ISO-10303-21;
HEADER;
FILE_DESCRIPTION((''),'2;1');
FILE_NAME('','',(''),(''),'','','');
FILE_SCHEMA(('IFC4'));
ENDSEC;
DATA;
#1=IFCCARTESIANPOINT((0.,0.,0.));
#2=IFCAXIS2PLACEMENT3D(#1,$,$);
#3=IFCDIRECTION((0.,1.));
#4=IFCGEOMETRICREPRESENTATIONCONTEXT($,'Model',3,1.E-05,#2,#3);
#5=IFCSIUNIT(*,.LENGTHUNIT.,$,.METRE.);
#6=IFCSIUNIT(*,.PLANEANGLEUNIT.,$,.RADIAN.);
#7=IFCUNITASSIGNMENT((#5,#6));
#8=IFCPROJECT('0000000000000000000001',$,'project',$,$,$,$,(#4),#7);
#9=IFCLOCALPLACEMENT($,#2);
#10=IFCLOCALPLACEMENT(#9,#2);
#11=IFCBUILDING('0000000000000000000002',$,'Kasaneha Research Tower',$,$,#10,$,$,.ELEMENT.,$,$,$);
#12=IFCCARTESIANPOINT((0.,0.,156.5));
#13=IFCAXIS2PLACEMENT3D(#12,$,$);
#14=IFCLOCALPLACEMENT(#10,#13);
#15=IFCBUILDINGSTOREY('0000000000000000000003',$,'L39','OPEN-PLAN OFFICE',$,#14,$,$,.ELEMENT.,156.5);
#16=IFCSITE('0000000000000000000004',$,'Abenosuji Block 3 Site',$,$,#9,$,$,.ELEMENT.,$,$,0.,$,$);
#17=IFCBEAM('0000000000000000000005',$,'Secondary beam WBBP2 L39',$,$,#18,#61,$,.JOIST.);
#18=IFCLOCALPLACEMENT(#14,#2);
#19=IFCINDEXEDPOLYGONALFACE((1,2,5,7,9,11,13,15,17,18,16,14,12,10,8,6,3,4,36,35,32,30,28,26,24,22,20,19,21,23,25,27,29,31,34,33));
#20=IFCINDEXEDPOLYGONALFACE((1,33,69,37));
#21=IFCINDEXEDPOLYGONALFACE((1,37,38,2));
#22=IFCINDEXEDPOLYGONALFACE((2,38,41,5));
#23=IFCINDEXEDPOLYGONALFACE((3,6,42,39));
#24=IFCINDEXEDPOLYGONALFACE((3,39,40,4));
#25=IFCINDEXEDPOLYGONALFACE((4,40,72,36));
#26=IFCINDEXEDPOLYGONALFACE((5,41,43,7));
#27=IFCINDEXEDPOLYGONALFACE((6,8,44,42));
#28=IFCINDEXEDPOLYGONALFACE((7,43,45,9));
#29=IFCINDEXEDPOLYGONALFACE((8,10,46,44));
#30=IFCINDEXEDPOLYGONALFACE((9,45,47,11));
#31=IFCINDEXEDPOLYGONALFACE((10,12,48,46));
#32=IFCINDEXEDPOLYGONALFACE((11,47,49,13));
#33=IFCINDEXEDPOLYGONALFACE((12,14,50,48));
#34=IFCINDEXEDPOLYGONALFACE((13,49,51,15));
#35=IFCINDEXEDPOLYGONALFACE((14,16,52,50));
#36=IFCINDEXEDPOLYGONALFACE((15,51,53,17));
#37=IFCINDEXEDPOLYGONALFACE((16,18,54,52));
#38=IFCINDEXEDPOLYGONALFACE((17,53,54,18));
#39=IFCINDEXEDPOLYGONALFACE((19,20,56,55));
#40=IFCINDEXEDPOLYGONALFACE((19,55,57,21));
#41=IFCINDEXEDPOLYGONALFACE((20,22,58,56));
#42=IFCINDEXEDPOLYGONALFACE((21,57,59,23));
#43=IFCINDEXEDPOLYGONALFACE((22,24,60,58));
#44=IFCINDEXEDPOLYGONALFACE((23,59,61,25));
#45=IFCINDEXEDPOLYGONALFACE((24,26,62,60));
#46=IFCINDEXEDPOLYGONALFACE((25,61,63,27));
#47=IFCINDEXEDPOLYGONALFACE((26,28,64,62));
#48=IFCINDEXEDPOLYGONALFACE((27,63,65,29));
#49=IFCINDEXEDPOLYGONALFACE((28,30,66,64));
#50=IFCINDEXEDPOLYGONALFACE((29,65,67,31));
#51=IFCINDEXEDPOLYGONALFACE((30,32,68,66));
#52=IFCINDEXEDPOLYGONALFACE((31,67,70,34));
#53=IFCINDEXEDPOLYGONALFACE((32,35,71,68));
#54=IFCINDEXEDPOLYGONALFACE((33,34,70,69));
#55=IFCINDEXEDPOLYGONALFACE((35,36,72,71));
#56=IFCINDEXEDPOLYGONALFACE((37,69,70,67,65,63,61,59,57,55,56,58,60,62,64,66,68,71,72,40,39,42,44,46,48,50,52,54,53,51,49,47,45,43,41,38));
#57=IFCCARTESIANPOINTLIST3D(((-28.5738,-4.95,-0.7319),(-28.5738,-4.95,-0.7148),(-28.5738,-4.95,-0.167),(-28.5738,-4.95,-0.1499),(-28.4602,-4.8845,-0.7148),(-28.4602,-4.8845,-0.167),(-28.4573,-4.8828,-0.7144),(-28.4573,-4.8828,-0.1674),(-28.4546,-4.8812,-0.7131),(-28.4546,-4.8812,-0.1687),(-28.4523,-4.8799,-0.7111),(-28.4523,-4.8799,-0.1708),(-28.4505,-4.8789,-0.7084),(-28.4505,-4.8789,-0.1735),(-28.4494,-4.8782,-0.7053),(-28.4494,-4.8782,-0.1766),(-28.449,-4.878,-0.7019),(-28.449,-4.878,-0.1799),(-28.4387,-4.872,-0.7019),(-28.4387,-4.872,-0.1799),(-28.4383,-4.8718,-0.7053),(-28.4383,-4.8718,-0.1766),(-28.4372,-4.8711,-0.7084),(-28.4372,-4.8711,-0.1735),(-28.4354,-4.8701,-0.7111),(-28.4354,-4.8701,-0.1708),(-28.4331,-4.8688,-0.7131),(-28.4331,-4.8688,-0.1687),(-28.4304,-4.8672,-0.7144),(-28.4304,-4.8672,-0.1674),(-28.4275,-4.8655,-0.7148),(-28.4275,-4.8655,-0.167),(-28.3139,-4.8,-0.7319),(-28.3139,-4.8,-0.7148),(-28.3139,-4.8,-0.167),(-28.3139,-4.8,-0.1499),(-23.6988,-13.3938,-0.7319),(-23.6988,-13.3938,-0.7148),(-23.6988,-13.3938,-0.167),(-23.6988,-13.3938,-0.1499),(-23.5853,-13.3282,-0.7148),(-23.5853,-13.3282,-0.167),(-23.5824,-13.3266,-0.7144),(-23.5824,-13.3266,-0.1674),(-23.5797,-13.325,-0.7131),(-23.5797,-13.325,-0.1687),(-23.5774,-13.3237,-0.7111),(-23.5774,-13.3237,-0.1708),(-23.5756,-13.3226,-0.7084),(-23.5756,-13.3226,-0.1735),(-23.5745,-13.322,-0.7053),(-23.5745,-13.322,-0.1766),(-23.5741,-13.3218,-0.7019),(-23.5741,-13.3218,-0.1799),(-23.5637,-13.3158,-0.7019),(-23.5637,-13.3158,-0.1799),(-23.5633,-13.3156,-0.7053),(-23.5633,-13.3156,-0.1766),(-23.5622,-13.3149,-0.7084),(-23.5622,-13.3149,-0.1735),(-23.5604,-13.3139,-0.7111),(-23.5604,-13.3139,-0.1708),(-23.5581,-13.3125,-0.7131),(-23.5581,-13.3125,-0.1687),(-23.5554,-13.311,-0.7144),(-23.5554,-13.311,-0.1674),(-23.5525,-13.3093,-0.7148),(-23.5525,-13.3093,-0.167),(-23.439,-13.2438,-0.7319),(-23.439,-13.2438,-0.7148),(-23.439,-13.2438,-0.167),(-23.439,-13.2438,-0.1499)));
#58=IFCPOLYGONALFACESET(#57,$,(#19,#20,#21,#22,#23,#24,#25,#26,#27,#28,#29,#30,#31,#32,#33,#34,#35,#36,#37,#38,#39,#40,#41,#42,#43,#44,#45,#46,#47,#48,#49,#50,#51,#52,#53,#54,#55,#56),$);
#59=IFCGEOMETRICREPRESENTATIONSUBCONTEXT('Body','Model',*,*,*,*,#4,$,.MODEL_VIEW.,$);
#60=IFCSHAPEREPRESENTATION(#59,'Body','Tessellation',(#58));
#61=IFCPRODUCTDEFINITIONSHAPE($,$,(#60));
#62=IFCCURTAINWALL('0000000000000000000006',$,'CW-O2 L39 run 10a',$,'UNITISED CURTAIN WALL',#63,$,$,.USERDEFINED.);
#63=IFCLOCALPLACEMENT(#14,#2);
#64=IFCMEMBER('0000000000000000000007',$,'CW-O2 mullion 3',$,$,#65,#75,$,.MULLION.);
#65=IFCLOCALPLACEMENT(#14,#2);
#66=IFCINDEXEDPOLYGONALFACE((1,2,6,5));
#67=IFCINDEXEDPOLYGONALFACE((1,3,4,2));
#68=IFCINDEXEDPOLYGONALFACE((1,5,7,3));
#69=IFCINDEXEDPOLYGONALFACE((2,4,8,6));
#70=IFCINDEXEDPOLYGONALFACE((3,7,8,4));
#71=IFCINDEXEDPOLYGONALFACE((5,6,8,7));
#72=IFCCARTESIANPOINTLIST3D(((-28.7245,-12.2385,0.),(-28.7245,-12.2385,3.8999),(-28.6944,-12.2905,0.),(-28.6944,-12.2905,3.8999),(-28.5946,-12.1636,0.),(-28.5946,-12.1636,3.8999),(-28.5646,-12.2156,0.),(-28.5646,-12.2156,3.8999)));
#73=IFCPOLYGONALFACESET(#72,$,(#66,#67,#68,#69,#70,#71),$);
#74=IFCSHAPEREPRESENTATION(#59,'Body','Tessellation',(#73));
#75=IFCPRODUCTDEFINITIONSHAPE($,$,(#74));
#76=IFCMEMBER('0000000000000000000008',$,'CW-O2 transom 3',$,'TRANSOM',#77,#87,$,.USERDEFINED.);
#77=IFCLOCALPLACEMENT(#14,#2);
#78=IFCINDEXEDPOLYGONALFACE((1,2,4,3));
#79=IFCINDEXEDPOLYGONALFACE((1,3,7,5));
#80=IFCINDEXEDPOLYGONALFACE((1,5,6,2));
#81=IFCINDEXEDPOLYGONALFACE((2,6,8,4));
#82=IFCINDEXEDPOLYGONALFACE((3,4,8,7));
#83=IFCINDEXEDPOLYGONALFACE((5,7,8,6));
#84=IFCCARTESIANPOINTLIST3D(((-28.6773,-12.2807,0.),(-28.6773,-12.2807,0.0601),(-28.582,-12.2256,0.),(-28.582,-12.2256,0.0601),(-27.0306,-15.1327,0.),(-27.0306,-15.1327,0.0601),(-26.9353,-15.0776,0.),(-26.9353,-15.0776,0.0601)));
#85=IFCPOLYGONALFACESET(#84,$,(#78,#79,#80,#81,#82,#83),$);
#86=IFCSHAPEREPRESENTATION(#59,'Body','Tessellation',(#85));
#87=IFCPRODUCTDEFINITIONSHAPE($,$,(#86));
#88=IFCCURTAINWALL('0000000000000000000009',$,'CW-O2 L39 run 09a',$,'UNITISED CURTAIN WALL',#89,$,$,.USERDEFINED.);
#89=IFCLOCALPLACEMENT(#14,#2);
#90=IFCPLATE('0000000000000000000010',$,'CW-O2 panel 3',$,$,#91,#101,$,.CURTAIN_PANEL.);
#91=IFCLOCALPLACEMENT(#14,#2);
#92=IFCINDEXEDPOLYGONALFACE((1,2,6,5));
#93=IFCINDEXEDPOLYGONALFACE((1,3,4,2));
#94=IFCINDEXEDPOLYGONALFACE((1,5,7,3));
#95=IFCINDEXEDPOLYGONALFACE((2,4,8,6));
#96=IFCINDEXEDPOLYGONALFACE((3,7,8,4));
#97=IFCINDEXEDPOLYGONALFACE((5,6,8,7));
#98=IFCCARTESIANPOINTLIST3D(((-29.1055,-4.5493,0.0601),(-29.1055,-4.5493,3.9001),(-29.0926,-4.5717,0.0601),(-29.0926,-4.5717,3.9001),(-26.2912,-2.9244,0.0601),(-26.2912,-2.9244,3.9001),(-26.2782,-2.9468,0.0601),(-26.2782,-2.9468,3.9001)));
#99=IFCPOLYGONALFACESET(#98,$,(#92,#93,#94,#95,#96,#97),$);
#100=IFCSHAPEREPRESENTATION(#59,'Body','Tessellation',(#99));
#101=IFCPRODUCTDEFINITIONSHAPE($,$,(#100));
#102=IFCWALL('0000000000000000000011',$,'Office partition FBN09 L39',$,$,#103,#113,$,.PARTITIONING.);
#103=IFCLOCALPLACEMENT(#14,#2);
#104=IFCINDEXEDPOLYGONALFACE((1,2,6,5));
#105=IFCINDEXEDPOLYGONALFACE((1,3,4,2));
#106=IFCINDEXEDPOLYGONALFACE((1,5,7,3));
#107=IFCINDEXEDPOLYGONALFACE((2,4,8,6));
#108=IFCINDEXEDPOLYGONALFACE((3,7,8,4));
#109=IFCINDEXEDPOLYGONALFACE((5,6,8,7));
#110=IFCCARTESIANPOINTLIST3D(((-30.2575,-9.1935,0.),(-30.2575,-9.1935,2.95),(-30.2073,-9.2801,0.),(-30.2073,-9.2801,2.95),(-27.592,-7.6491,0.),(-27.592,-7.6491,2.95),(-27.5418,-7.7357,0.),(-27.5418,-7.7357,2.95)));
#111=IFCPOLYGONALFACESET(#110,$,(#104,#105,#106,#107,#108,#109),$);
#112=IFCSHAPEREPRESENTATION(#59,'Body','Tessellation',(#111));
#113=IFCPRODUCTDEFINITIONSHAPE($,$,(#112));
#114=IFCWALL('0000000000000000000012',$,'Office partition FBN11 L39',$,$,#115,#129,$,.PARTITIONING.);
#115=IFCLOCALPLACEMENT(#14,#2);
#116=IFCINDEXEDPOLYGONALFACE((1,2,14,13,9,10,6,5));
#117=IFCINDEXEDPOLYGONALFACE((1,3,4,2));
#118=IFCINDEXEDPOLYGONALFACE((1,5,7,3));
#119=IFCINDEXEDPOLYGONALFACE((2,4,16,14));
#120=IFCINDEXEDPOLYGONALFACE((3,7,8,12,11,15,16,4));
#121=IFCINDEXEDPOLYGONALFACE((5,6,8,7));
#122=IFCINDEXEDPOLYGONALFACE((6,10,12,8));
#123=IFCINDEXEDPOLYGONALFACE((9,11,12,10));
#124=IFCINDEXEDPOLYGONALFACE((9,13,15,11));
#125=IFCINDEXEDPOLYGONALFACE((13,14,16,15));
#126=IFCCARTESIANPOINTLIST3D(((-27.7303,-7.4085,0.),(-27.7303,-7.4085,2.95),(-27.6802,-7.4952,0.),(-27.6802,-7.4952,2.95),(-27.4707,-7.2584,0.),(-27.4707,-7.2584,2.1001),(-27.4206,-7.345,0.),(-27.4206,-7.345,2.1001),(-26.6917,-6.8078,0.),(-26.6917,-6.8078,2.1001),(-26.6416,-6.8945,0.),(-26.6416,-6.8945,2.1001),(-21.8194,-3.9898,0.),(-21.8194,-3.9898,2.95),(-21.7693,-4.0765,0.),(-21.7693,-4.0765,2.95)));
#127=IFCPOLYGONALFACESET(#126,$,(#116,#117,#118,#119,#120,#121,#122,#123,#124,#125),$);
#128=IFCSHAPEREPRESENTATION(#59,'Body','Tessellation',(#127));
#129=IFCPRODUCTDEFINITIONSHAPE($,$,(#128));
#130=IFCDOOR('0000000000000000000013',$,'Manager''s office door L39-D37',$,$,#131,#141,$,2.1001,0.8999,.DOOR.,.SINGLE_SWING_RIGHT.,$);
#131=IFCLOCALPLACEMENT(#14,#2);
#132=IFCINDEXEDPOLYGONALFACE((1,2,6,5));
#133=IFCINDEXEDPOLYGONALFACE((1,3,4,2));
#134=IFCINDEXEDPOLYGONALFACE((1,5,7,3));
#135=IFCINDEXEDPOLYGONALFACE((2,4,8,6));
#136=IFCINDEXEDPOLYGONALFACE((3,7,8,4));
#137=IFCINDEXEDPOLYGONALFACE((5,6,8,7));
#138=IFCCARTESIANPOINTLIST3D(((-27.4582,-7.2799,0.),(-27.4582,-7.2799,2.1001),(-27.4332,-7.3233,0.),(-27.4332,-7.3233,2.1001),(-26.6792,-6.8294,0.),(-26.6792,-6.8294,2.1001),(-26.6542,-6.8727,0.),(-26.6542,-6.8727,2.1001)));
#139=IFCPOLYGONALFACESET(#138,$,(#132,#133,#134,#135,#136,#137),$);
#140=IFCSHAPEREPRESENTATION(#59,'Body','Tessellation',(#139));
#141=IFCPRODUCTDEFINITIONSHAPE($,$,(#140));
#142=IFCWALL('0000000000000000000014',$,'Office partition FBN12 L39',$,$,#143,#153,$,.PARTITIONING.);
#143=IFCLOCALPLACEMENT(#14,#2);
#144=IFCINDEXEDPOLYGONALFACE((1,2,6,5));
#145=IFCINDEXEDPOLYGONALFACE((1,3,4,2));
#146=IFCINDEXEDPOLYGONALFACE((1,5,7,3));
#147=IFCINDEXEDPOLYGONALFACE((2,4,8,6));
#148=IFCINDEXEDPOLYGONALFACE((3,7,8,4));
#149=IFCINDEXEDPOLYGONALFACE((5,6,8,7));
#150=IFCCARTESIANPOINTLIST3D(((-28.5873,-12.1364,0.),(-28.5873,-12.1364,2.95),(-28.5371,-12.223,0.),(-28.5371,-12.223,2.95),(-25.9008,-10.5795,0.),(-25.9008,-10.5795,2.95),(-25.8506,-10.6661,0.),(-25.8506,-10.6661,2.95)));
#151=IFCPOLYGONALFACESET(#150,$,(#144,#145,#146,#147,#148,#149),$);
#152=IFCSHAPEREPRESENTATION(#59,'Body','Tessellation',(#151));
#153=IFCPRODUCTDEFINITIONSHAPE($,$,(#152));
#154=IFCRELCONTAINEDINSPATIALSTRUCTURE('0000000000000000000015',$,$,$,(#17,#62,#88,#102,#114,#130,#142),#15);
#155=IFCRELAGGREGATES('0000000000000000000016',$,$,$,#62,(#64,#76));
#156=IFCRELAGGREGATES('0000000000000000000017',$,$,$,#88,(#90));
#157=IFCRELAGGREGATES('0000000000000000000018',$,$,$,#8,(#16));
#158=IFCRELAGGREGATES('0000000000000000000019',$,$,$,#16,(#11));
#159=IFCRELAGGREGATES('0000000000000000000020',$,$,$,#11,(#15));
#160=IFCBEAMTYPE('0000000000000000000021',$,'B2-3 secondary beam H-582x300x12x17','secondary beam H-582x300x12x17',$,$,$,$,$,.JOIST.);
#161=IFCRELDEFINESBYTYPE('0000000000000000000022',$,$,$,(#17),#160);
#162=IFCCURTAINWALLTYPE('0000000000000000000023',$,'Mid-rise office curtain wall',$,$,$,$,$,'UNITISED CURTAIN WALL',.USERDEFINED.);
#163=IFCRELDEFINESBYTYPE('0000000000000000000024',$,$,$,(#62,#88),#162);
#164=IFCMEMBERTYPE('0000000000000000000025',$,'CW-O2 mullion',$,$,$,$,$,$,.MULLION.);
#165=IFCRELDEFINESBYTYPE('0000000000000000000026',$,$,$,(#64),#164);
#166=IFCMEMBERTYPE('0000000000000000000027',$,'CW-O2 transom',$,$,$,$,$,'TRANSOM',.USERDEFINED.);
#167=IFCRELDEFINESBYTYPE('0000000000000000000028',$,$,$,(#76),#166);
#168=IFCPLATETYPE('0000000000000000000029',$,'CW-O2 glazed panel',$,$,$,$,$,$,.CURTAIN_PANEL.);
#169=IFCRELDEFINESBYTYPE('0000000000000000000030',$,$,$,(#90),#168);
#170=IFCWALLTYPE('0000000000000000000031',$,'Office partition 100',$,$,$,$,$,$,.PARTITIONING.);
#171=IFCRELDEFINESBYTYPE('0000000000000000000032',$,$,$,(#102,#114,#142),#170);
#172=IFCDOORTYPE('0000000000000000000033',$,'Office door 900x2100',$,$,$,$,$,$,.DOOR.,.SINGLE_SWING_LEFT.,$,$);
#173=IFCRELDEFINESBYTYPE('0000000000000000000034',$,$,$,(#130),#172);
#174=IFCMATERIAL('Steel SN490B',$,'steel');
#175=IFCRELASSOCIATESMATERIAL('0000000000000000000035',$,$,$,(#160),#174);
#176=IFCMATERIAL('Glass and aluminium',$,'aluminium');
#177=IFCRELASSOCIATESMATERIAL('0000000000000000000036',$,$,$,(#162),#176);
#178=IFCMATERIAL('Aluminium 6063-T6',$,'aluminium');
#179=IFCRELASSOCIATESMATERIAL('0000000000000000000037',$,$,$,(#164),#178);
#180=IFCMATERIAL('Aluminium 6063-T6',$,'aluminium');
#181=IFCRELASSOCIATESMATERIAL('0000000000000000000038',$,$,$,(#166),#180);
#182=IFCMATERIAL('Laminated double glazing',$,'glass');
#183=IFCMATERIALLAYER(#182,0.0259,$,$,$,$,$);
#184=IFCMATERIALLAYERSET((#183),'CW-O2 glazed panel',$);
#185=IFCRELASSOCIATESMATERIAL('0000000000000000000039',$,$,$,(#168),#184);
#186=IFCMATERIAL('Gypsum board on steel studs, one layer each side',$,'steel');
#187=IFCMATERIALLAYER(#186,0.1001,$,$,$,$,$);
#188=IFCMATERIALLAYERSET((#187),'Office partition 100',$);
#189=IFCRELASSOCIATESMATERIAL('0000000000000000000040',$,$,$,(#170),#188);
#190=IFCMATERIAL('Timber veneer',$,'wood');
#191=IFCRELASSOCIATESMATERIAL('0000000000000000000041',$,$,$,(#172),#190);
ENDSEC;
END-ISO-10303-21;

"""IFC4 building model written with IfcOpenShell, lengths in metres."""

from ifc_helpers import new_model, si_unit, direction, frame, frame_2d, origin, origin_2d, place, context, subcontext, project, spatial, rectangle, i_section, extrude, material, layer, layer_set, material_profile, profile_set, type_object, element, fill, aggregate, save


model = new_model("IFC4")

# Units and contexts
model_context = context("Model", 3, precision=1e-05, world=origin(), true_north=direction((0.0, 1.0)))
body_context = subcontext(model_context, "Body", "Model", "MODEL_VIEW")
ifc_project = project(units=[si_unit("LENGTHUNIT", "METRE"), si_unit("PLANEANGLEUNIT", "RADIAN")], contexts=[model_context])

# Site, building, storey
site_placement = place(None, origin())
site = spatial("IfcSite", under=ifc_project, at=site_placement, Name="Abenosuji Block 3 Site", CompositionType="ELEMENT", RefElevation=0.0)
building_placement = place(site_placement, origin())
building = spatial("IfcBuilding", under=site, at=building_placement, Name="Kasaneha Research Tower", CompositionType="ELEMENT")
storey_placement = place(building_placement, frame((0.0, 0.0, 156.5)))
storey = spatial("IfcBuildingStorey", under=building, at=storey_placement, Name="L39", Description="OPEN-PLAN OFFICE", CompositionType="ELEMENT", Elevation=156.5)

# Beam
ifc_material_1 = material(Name="Steel SN490B", Category="steel")
ifc_material_profile_1 = material_profile(ifc_material_1, i_section(OverallWidth=0.3, OverallDepth=0.582, WebThickness=0.012, FlangeThickness=0.0171, FilletRadius=0.0129, at=origin_2d()), Name="H-582x300x12x17")
ifc_profile_set_1 = profile_set([ifc_material_profile_1], Name="Steel SN490B")
beam_type = type_object("IfcBeamType", Name="B2-3 secondary beam H-582x300x12x17", Description="secondary beam H-582x300x12x17", PredefinedType="JOIST", material=ifc_profile_set_1)
beam_placement = place(storey_placement, frame((-28.4438, -4.875, -0.4409), z_axis=(0.499996, -0.866028, 0.0), x_axis=(0.866028, 0.499996, 0.0)))
element("IfcBeam", 1, at=beam_placement, inside=storey, type_object=beam_type, Name="Secondary beam WBBP2 L39", PredefinedType="JOIST", context=body_context, shape_type="SweptSolid", body=[
    extrude(i_section(OverallWidth=0.3, OverallDepth=0.582, WebThickness=0.012, FlangeThickness=0.0171, FilletRadius=0.0129, at=origin_2d()), origin(), (0.0, 0.0, 1.0), 9.75),
])

# Curtain wall, members
ifc_material_2 = material(Name="Glass and aluminium", Category="aluminium")
curtain_wall_type = type_object("IfcCurtainWallType", Name="Mid-rise office curtain wall", ElementType="UNITISED CURTAIN WALL", PredefinedType="USERDEFINED", material=ifc_material_2)
curtain_wall_1_placement = place(storey_placement, origin())
curtain_wall_1 = element("IfcCurtainWall", 2, at=curtain_wall_1_placement, inside=storey, type_object=curtain_wall_type, Name="CW-O2 L39 run 10a", ObjectType="UNITISED CURTAIN WALL", PredefinedType="USERDEFINED")
ifc_material_3 = material(Name="Aluminium 6063-T6", Category="aluminium")
ifc_material_profile_2 = material_profile(ifc_material_3, rectangle(XDim=0.0601, YDim=0.1499, at=origin_2d()), Name="CW-O2 mullion 60x150")
ifc_profile_set_2 = profile_set([ifc_material_profile_2], Name="Aluminium 6063-T6")
member_type_1 = type_object("IfcMemberType", Name="CW-O2 mullion", PredefinedType="MULLION", material=ifc_profile_set_2)
member_1_placement = place(storey_placement, frame((-28.6445, -12.2271, 0.0), z_axis=(0.0, 0.0, 1.0), x_axis=(0.5, -0.866025, 0.0)))
member_1 = element("IfcMember", 3, at=member_1_placement, type_object=member_type_1, Name="CW-O2 mullion 3", PredefinedType="MULLION", context=body_context, shape_type="SweptSolid", body=[
    extrude(rectangle(XDim=0.0601, YDim=0.1499, at=origin_2d()), origin(), (0.0, 0.0, 1.0), 3.8999),
])
ifc_material_4 = material(Name="Aluminium 6063-T6", Category="aluminium")
ifc_material_profile_3 = material_profile(ifc_material_4, rectangle(XDim=0.1101, YDim=0.0601, at=origin_2d()), Name="CW-O2 transom 110x60")
ifc_profile_set_3 = profile_set([ifc_material_profile_3], Name="Aluminium 6063-T6")
member_type_2 = type_object("IfcMemberType", Name="CW-O2 transom", ElementType="TRANSOM", PredefinedType="USERDEFINED", material=ifc_profile_set_3)
member_2_placement = place(storey_placement, frame((-28.6296, -12.2532, 0.03), z_axis=(0.500022, -0.866013, 0.0), x_axis=(0.866013, 0.500022, 0.0)))
member_2 = element("IfcMember", 4, at=member_2_placement, type_object=member_type_2, Name="CW-O2 transom 3", ObjectType="TRANSOM", PredefinedType="USERDEFINED", context=body_context, shape_type="SweptSolid", body=[
    extrude(rectangle(XDim=0.1101, YDim=0.0601, at=origin_2d()), origin(), (0.0, 0.0, 1.0), 3.2932),
])
aggregate(curtain_wall_1, [member_1, member_2])

# Curtain wall, plate
curtain_wall_2_placement = place(storey_placement, origin())
curtain_wall_2 = element("IfcCurtainWall", 5, at=curtain_wall_2_placement, inside=storey, type_object=curtain_wall_type, Name="CW-O2 L39 run 09a", ObjectType="UNITISED CURTAIN WALL", PredefinedType="USERDEFINED")
ifc_material_5 = material(Name="Laminated double glazing", Category="glass")
ifc_layer_1 = layer(ifc_material_5, 0.0259)
ifc_layer_set_1 = layer_set([ifc_layer_1], Name="CW-O2 glazed panel")
plate_type = type_object("IfcPlateType", Name="CW-O2 glazed panel", PredefinedType="CURTAIN_PANEL", material=ifc_layer_set_1)
plate_placement = place(storey_placement, frame((-27.6919, -3.748, 0.0601), z_axis=(0.0, 0.0, 1.0), x_axis=(-0.866025, -0.5, 0.0)))
plate = element("IfcPlate", 6, at=plate_placement, type_object=plate_type, Name="CW-O2 panel 3", PredefinedType="CURTAIN_PANEL", context=body_context, shape_type="SweptSolid", body=[
    extrude(rectangle(XDim=3.2498, YDim=0.0259, at=origin_2d()), origin(), (0.0, 0.0, 1.0), 3.8401),
])
aggregate(curtain_wall_2, [plate])

# Wall
ifc_material_6 = material(Name="Gypsum board on steel studs, one layer each side", Category="steel")
ifc_layer_2 = layer(ifc_material_6, 0.1001)
ifc_layer_set_2 = layer_set([ifc_layer_2], Name="Office partition 100")
wall_type_1 = type_object("IfcWallType", Name="Office partition 100", PredefinedType="PARTITIONING", material=ifc_layer_set_2)
wall_1_placement = place(storey_placement, frame((-27.5669, -7.6924, 0.0), z_axis=(0.0, 0.0, 1.0), x_axis=(-0.865253, -0.501336, 0.0)))
element("IfcWall", 7, at=wall_1_placement, inside=storey, type_object=wall_type_1, Name="Office partition FBN09 L39", PredefinedType="PARTITIONING", context=body_context, shape_type="SweptSolid", body=[
    extrude(rectangle(XDim=3.0806, YDim=0.1001, at=frame_2d((1.5403, 0.0))), origin(), (0.0, 0.0, 1.0), 2.95),
])

# Wall, opening, door
wall_2_placement = place(storey_placement, frame((-21.7944, -4.0332, 0.0), z_axis=(0.0, 0.0, 1.0), x_axis=(-0.865642, -0.500664, 0.0)))
wall_2 = element("IfcWall", 8, at=wall_2_placement, inside=storey, type_object=wall_type_1, Name="Office partition FBN11 L39", PredefinedType="PARTITIONING", context=body_context, shape_type="SweptSolid", body=[
    extrude(rectangle(XDim=6.8284, YDim=0.1001, at=frame_2d((3.4141, 0.0))), origin(), (0.0, 0.0, 1.0), 2.95),
])
opening_1_placement = place(wall_2_placement, frame((5.6284, 0.0, 0.0)))
opening_1 = element("IfcOpeningElement", 9, at=opening_1_placement, cuts=wall_2, PredefinedType="OPENING", context=body_context, shape_type="SweptSolid", body=[
    extrude(rectangle(XDim=0.8999, YDim=2.1001, at=frame_2d((0.45, 1.05))), frame((0.0, 0.0601, 0.0), z_axis=(0.0, -1.0, 0.0), x_axis=(1.0, 0.0, 0.0)), (0.0, 0.0, 1.0), 0.1201),
])
ifc_material_7 = material(Name="Timber veneer", Category="wood")
door_type_1 = type_object("IfcDoorType", Name="Office door 900x2100", OperationType="SINGLE_SWING_LEFT", PredefinedType="DOOR", material=ifc_material_7)
door_1_placement = place(opening_1_placement, origin())
door_1 = element("IfcDoor", 10, at=door_1_placement, inside=storey, type_object=door_type_1, Name="Manager's office door L39-D37", OperationType="SINGLE_SWING_RIGHT", OverallHeight=2.1001, OverallWidth=0.8999, PredefinedType="DOOR", context=body_context, shape_type="SweptSolid", body=[
    extrude(rectangle(XDim=0.8999, YDim=2.1001, at=frame_2d((0.45, 1.05))), frame((0.0, 0.0249, 0.0), z_axis=(0.0, -1.0, 0.0), x_axis=(1.0, 0.0, 0.0)), (0.0, 0.0, 1.0), 0.05),
])
fill(opening_1, door_1)

# Wall
wall_3_placement = place(storey_placement, frame((-25.8757, -10.6228, 0.0), z_axis=(0.0, 0.0, 1.0), x_axis=(-0.865213, -0.501405, 0.0)))
element("IfcWall", 11, at=wall_3_placement, inside=storey, type_object=wall_type_1, Name="Office partition FBN12 L39", PredefinedType="PARTITIONING", context=body_context, shape_type="SweptSolid", body=[
    extrude(rectangle(XDim=3.105, YDim=0.1001, at=frame_2d((1.5525, 0.0))), origin(), (0.0, 0.0, 1.0), 2.95),
])

save(model, "model.ifc")
